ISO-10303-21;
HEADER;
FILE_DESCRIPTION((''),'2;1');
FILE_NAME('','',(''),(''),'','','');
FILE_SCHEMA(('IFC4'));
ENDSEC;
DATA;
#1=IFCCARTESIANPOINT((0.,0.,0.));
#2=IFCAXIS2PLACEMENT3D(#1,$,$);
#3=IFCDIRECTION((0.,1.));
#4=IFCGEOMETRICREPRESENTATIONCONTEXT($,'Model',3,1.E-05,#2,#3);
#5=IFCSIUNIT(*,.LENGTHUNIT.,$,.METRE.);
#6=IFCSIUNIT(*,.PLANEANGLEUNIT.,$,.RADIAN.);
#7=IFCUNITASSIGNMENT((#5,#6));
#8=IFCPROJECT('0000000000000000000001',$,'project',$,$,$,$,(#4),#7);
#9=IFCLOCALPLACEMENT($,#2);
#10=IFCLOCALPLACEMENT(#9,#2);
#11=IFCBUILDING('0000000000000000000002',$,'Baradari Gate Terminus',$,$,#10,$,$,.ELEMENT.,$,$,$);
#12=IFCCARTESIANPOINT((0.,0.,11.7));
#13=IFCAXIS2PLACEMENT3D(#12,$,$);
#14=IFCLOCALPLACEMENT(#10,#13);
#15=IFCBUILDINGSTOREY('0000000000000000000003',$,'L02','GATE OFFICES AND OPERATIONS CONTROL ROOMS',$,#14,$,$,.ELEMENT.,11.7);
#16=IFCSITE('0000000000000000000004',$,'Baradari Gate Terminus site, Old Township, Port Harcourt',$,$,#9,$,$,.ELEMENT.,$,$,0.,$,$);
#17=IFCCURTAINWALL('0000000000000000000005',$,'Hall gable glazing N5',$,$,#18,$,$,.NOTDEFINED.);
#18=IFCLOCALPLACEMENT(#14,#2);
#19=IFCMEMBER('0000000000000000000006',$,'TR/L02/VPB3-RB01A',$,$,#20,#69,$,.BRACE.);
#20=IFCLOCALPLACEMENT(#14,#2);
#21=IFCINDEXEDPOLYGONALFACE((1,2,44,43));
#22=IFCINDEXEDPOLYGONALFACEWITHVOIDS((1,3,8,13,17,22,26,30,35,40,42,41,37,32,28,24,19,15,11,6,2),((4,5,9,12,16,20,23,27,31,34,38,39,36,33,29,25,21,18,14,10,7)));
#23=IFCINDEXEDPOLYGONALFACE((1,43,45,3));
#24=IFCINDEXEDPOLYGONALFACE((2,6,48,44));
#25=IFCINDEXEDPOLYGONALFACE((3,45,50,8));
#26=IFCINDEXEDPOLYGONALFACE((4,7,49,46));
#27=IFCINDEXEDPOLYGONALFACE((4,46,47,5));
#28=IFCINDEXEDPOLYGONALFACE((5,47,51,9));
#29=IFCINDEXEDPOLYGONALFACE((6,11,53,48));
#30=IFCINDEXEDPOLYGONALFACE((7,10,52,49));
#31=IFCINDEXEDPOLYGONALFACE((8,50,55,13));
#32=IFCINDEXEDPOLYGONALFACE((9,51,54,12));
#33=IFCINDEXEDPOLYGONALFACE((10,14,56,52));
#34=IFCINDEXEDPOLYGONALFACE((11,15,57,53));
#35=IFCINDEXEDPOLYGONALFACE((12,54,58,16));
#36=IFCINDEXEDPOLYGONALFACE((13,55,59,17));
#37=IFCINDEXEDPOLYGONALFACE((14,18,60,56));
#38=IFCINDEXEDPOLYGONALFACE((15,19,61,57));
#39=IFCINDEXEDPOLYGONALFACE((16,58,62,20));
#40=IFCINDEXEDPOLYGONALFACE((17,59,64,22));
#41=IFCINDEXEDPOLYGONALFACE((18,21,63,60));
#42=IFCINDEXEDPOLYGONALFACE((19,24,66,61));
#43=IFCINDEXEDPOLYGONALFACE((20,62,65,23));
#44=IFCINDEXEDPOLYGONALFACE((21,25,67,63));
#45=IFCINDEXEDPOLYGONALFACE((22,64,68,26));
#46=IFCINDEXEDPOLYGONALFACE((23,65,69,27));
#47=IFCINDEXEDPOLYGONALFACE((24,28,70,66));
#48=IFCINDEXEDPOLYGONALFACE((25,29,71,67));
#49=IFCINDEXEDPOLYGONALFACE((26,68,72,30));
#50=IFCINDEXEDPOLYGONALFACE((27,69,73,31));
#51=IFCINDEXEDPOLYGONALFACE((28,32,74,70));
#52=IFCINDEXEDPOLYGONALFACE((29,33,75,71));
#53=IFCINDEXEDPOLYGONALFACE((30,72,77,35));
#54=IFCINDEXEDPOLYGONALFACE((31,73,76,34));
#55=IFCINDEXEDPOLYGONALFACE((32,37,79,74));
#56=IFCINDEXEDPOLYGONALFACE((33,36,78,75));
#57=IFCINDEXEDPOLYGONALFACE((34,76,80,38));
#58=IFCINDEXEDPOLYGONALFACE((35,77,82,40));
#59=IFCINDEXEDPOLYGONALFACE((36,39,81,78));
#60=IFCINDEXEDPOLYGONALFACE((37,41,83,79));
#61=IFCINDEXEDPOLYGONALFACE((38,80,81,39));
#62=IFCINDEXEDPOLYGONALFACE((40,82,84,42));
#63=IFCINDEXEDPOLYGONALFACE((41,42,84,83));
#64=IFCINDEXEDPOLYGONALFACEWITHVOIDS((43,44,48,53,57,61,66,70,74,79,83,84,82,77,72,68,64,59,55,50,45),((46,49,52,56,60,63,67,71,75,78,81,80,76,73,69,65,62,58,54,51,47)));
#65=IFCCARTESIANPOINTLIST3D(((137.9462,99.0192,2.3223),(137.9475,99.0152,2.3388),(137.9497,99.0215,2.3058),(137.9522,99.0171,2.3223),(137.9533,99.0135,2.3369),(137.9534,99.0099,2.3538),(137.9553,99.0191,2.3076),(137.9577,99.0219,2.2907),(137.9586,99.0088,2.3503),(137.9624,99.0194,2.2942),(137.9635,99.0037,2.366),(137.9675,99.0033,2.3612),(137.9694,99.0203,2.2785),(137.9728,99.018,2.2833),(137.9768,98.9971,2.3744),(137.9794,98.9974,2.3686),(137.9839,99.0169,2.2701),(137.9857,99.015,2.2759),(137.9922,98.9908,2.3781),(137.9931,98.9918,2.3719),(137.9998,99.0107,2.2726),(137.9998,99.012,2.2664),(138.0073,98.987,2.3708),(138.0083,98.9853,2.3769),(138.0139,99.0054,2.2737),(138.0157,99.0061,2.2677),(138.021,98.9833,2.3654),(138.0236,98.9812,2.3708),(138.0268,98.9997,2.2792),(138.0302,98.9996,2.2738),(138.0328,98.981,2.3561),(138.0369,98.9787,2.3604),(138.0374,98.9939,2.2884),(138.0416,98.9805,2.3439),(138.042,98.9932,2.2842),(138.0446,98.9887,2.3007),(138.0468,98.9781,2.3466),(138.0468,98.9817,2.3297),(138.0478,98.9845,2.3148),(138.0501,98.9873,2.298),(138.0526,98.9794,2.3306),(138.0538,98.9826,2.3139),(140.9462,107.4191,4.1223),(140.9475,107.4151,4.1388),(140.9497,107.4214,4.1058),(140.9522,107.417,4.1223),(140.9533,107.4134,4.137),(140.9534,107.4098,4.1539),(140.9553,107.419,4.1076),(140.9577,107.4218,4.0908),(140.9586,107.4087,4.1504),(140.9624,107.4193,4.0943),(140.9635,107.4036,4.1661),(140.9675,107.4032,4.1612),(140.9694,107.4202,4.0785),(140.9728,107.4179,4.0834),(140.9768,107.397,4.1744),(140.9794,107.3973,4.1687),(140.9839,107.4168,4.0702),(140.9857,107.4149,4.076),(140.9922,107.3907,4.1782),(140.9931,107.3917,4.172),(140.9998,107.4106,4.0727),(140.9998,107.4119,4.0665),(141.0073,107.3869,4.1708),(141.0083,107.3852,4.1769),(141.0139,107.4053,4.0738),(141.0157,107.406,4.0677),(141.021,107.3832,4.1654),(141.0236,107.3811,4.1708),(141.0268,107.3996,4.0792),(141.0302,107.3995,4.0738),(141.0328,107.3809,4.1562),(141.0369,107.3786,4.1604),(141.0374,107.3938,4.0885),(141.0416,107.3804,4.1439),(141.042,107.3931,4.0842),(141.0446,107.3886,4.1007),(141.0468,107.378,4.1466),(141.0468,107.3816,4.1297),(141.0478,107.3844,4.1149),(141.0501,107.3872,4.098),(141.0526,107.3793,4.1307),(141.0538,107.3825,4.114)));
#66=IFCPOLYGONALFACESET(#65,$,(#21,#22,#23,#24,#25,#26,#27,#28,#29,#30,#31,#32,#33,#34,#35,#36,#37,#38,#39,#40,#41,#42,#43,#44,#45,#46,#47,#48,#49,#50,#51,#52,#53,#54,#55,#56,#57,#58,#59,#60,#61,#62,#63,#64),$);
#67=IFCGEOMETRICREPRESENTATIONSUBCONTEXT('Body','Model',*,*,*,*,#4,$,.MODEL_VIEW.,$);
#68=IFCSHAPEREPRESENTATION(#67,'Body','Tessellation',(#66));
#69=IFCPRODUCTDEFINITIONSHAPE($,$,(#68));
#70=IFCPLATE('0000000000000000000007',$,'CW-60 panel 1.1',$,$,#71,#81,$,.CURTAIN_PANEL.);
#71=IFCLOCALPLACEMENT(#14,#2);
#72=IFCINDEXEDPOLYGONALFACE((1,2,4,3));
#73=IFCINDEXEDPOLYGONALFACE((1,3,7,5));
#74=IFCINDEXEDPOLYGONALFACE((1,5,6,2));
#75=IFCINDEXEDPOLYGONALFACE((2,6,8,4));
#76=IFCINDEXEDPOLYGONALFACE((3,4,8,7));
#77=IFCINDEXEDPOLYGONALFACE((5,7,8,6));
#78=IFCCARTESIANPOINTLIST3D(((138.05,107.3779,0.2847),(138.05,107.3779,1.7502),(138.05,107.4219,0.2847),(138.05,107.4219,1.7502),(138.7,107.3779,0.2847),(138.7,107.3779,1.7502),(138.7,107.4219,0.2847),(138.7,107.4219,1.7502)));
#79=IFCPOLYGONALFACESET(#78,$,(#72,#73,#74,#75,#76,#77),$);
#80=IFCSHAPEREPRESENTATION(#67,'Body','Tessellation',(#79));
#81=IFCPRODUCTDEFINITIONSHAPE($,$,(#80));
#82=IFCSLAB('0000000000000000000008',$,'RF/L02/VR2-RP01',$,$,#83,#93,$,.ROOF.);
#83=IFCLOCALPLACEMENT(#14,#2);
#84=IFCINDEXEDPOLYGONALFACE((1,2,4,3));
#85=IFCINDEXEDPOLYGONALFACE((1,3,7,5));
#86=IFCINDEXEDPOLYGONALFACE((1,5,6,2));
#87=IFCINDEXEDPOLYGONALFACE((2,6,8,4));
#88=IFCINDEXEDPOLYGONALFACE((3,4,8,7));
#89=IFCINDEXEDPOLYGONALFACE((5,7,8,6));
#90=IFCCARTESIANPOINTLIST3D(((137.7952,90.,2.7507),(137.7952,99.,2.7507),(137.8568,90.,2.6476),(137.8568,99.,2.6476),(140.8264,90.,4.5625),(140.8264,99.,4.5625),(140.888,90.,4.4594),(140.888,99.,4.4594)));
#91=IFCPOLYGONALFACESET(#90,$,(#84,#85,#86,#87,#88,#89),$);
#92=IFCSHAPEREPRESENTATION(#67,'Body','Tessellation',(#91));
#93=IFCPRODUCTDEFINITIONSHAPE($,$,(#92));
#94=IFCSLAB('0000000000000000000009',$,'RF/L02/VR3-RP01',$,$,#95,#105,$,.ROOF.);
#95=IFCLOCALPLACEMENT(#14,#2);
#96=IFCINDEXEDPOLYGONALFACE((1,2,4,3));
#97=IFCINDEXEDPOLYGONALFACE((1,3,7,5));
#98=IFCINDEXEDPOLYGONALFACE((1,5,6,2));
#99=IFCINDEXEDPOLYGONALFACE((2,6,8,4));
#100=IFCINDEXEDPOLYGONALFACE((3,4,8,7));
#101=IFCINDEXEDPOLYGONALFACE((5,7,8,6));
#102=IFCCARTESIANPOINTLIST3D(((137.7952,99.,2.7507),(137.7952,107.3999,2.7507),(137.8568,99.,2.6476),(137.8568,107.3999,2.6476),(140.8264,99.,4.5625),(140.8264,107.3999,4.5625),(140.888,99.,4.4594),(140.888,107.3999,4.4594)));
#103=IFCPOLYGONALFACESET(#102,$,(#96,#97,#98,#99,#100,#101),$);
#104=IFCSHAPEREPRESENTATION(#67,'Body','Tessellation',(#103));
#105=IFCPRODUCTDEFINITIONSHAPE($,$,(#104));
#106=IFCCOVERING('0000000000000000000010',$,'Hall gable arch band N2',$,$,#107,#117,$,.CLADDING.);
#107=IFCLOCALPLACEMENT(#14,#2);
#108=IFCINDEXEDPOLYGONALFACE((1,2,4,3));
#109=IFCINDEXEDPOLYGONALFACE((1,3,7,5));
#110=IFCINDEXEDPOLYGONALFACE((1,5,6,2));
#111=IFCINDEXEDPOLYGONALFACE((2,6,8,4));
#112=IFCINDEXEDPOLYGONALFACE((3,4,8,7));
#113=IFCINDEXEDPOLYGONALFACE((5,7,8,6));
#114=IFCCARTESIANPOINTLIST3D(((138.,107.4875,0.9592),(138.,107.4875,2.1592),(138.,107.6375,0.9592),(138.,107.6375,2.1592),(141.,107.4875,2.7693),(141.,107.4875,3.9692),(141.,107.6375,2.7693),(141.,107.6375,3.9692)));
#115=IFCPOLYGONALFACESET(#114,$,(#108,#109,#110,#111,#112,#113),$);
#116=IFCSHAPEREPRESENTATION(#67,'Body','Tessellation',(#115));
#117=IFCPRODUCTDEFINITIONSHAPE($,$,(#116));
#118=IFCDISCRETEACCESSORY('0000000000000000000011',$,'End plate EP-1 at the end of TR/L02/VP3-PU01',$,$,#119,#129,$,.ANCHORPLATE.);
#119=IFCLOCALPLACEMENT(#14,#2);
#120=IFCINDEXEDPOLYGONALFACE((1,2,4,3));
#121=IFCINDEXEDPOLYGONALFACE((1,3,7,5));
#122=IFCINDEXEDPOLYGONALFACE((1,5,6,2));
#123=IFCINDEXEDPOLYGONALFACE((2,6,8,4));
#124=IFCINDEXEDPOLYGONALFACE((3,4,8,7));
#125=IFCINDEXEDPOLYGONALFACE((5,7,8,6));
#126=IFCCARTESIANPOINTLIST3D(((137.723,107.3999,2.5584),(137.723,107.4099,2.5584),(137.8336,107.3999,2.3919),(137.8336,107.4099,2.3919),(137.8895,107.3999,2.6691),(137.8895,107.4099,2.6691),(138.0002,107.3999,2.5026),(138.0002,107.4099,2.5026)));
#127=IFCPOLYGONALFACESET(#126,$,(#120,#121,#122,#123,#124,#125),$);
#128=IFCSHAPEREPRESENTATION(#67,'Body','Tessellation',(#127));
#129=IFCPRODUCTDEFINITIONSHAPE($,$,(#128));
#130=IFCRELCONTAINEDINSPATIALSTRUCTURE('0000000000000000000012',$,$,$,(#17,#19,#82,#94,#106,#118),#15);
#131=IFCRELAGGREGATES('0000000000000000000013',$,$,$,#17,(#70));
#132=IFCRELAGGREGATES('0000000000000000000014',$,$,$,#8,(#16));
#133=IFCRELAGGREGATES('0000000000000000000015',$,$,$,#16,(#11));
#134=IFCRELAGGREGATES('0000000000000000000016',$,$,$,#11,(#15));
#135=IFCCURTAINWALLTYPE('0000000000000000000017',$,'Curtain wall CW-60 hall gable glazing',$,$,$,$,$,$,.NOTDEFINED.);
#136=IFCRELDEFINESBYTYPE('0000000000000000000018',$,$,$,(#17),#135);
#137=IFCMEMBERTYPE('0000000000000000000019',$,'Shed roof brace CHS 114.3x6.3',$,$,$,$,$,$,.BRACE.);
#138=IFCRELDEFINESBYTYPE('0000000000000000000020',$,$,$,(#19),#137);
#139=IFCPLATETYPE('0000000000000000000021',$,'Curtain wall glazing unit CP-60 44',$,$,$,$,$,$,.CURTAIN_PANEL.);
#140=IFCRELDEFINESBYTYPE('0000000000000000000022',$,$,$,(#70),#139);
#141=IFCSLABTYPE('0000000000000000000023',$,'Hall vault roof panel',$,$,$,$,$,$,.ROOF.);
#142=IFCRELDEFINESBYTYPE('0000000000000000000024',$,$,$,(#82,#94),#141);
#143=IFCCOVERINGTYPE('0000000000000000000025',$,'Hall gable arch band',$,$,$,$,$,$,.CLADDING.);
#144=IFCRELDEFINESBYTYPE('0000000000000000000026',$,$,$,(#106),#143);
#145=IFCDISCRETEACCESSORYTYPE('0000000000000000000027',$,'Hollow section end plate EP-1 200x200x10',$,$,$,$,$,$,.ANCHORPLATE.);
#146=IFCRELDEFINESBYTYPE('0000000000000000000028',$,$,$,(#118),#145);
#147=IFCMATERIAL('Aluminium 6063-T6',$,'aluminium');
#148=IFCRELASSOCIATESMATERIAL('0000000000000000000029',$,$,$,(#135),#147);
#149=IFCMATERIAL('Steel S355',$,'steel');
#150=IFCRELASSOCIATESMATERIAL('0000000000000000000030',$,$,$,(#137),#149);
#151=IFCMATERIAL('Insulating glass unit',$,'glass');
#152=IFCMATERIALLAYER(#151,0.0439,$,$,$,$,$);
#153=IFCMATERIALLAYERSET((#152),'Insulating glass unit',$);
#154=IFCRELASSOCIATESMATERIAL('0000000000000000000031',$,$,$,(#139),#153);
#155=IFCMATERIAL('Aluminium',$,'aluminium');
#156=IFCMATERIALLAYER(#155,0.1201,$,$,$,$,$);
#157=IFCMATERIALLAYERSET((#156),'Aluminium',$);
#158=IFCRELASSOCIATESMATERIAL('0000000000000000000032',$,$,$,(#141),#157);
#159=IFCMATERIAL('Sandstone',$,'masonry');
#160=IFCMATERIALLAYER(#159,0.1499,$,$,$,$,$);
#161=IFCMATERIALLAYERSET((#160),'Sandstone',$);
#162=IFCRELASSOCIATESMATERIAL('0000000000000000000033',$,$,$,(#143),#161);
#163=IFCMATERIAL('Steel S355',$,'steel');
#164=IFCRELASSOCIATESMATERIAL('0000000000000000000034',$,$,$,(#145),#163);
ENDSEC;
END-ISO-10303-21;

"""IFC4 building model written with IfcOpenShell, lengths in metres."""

from ifc_helpers import new_model, si_unit, direction, frame, origin, origin_2d, place, context, subcontext, project, spatial, polyline, rectangle, hollow_circle, outline, extrude, material, layer, layer_set, material_profile, profile_set, type_object, element, aggregate, save


model = new_model("IFC4")

# Units and contexts
model_context = context("Model", 3, precision=1e-05, world=origin(), true_north=direction((0.0, 1.0)))
body_context = subcontext(model_context, "Body", "Model", "MODEL_VIEW")
ifc_project = project(units=[si_unit("LENGTHUNIT", "METRE"), si_unit("PLANEANGLEUNIT", "RADIAN")], contexts=[model_context])

# Site, building, storey
site_placement = place(None, origin())
site = spatial("IfcSite", under=ifc_project, at=site_placement, Name="Baradari Gate Terminus site, Old Township, Port Harcourt", CompositionType="ELEMENT", RefElevation=0.0)
building_placement = place(site_placement, origin())
building = spatial("IfcBuilding", under=site, at=building_placement, Name="Baradari Gate Terminus", CompositionType="ELEMENT")
storey_placement = place(building_placement, frame((0.0, 0.0, 11.7)))
storey = spatial("IfcBuildingStorey", under=building, at=storey_placement, Name="L02", Description="GATE OFFICES AND OPERATIONS CONTROL ROOMS", CompositionType="ELEMENT", Elevation=11.7)

# Shared definitions
ifc_material_1 = material(Name="Aluminium 6063-T6", Category="aluminium")
curtain_wall_type = type_object("IfcCurtainWallType", Name="Curtain wall CW-60 hall gable glazing", PredefinedType="NOTDEFINED", material=ifc_material_1)

# Curtain wall
curtain_wall_1_placement = place(storey_placement, origin())
curtain_wall_1 = element("IfcCurtainWall", 1, at=curtain_wall_1_placement, inside=storey, type_object=curtain_wall_type, Name="Hall gable glazing N5", PredefinedType="NOTDEFINED")

# Member
ifc_material_2 = material(Name="Steel S355", Category="steel")
ifc_material_profile_1 = material_profile(ifc_material_2, hollow_circle(Radius=0.0571, WallThickness=0.0063, at=origin_2d()), Name="CHS 114.3x6.3")
ifc_profile_set_1 = profile_set([ifc_material_profile_1], Name="Steel S355")
member_type_1 = type_object("IfcMemberType", Name="Shed roof brace CHS 114.3x6.3", PredefinedType="BRACE", material=ifc_profile_set_1)
member_1_placement = place(storey_placement, frame((138.0, 99.0, 2.3223), z_axis=(0.329693, 0.92313, 0.197821), x_axis=(-0.941741, 0.33634, 0.0)))
element("IfcMember", 2, at=member_1_placement, inside=storey, type_object=member_type_1, Name="TR/L02/VPB3-RB01A", PredefinedType="BRACE", context=body_context, shape_type="SweptSolid", body=[
    extrude(hollow_circle(Radius=0.0571, WallThickness=0.0063, at=origin_2d()), origin(), (0.0, 0.0, 1.0), 9.0994),
])

# Plate
ifc_material_3 = material(Name="Insulating glass unit", Category="glass")
ifc_layer_1 = layer(ifc_material_3, 0.0439)
ifc_layer_set_1 = layer_set([ifc_layer_1], Name="Insulating glass unit")
plate_type = type_object("IfcPlateType", Name="Curtain wall glazing unit CP-60 44", PredefinedType="CURTAIN_PANEL", material=ifc_layer_set_1)
plate_placement = place(storey_placement, frame((138.375, 107.3999, 0.2847), z_axis=(0.0, 0.0, 1.0), x_axis=(1.0, 0.0, 0.0)))
plate = element("IfcPlate", 3, at=plate_placement, type_object=plate_type, Name="CW-60 panel 1.1", PredefinedType="CURTAIN_PANEL", context=body_context, shape_type="SweptSolid", body=[
    extrude(rectangle(XDim=0.6499, YDim=0.0439, at=origin_2d()), origin(), (0.0, 0.0, 1.0), 1.4656),
])
aggregate(curtain_wall_1, [plate])

# Slabs
ifc_material_4 = material(Name="Aluminium", Category="aluminium")
ifc_layer_2 = layer(ifc_material_4, 0.1201)
ifc_layer_set_2 = layer_set([ifc_layer_2], Name="Aluminium")
slab_type = type_object("IfcSlabType", Name="Hall vault roof panel", PredefinedType="ROOF", material=ifc_layer_set_2)
slab_1_placement = place(storey_placement, frame((137.7952, 90.0, 2.7507), z_axis=(-0.513041, 0.0, 0.858364), x_axis=(0.0, 1.0, 0.0)))
element("IfcSlab", 4, at=slab_1_placement, inside=storey, type_object=slab_type, Name="RF/L02/VR2-RP01", PredefinedType="ROOF", context=body_context, shape_type="SweptSolid", body=[
    extrude(outline(polyline([(0.0, 0.0), (9.0, 0.0), (9.0, -3.5314), (0.0, -3.5314), (0.0, 0.0)])), origin(), (0.0, 0.0, -1.0), 0.1201),
])
slab_2_placement = place(storey_placement, frame((137.7952, 99.0, 2.7507), z_axis=(-0.513041, 0.0, 0.858364), x_axis=(0.0, 1.0, 0.0)))
element("IfcSlab", 5, at=slab_2_placement, inside=storey, type_object=slab_type, Name="RF/L02/VR3-RP01", PredefinedType="ROOF", context=body_context, shape_type="SweptSolid", body=[
    extrude(outline(polyline([(0.0, 0.0), (8.3999, 0.0), (8.3999, -3.5314), (0.0, -3.5314), (0.0, 0.0)])), origin(), (0.0, 0.0, -1.0), 0.1201),
])

# Covering
ifc_material_5 = material(Name="Sandstone", Category="masonry")
ifc_layer_3 = layer(ifc_material_5, 0.1499)
ifc_layer_set_3 = layer_set([ifc_layer_3], Name="Sandstone")
covering_type = type_object("IfcCoveringType", Name="Hall gable arch band", PredefinedType="CLADDING", material=ifc_layer_set_3)
covering_placement = place(storey_placement, frame((138.0, 107.5625, 0.9592), z_axis=(0.0, 0.0, 1.0), x_axis=(1.0, 0.0, 0.0)))
element("IfcCovering", 6, at=covering_placement, inside=storey, type_object=covering_type, Name="Hall gable arch band N2", PredefinedType="CLADDING", context=body_context, shape_type="SweptSolid", body=[
    extrude(outline(polyline([(0.0, 1.2), (0.0, 0.0), (3.0, 1.8101), (3.0, 3.01), (0.0, 1.2)])), frame((0.0, 0.075, 0.0), z_axis=(0.0, -1.0, 0.0), x_axis=(1.0, 0.0, 0.0)), (0.0, 0.0, 1.0), 0.1499),
])

# Discrete accessory
ifc_material_6 = material(Name="Steel S355", Category="steel")
discrete_accessory_type = type_object("IfcDiscreteAccessoryType", Name="Hollow section end plate EP-1 200x200x10", PredefinedType="ANCHORPLATE", material=ifc_material_6)
discrete_accessory_placement = place(storey_placement, frame((137.8616, 107.3999, 2.5305), z_axis=(0.0, 1.0, 0.0), x_axis=(-0.832836, 0.0, -0.553519)))
element("IfcDiscreteAccessory", 7, at=discrete_accessory_placement, inside=storey, type_object=discrete_accessory_type, Name="End plate EP-1 at the end of TR/L02/VP3-PU01", PredefinedType="ANCHORPLATE", context=body_context, shape_type="SweptSolid", body=[
    extrude(rectangle(XDim=0.2, YDim=0.2, at=origin_2d()), origin(), (0.0, 0.0, 1.0), 0.01),
])

save(model, "model.ifc")
